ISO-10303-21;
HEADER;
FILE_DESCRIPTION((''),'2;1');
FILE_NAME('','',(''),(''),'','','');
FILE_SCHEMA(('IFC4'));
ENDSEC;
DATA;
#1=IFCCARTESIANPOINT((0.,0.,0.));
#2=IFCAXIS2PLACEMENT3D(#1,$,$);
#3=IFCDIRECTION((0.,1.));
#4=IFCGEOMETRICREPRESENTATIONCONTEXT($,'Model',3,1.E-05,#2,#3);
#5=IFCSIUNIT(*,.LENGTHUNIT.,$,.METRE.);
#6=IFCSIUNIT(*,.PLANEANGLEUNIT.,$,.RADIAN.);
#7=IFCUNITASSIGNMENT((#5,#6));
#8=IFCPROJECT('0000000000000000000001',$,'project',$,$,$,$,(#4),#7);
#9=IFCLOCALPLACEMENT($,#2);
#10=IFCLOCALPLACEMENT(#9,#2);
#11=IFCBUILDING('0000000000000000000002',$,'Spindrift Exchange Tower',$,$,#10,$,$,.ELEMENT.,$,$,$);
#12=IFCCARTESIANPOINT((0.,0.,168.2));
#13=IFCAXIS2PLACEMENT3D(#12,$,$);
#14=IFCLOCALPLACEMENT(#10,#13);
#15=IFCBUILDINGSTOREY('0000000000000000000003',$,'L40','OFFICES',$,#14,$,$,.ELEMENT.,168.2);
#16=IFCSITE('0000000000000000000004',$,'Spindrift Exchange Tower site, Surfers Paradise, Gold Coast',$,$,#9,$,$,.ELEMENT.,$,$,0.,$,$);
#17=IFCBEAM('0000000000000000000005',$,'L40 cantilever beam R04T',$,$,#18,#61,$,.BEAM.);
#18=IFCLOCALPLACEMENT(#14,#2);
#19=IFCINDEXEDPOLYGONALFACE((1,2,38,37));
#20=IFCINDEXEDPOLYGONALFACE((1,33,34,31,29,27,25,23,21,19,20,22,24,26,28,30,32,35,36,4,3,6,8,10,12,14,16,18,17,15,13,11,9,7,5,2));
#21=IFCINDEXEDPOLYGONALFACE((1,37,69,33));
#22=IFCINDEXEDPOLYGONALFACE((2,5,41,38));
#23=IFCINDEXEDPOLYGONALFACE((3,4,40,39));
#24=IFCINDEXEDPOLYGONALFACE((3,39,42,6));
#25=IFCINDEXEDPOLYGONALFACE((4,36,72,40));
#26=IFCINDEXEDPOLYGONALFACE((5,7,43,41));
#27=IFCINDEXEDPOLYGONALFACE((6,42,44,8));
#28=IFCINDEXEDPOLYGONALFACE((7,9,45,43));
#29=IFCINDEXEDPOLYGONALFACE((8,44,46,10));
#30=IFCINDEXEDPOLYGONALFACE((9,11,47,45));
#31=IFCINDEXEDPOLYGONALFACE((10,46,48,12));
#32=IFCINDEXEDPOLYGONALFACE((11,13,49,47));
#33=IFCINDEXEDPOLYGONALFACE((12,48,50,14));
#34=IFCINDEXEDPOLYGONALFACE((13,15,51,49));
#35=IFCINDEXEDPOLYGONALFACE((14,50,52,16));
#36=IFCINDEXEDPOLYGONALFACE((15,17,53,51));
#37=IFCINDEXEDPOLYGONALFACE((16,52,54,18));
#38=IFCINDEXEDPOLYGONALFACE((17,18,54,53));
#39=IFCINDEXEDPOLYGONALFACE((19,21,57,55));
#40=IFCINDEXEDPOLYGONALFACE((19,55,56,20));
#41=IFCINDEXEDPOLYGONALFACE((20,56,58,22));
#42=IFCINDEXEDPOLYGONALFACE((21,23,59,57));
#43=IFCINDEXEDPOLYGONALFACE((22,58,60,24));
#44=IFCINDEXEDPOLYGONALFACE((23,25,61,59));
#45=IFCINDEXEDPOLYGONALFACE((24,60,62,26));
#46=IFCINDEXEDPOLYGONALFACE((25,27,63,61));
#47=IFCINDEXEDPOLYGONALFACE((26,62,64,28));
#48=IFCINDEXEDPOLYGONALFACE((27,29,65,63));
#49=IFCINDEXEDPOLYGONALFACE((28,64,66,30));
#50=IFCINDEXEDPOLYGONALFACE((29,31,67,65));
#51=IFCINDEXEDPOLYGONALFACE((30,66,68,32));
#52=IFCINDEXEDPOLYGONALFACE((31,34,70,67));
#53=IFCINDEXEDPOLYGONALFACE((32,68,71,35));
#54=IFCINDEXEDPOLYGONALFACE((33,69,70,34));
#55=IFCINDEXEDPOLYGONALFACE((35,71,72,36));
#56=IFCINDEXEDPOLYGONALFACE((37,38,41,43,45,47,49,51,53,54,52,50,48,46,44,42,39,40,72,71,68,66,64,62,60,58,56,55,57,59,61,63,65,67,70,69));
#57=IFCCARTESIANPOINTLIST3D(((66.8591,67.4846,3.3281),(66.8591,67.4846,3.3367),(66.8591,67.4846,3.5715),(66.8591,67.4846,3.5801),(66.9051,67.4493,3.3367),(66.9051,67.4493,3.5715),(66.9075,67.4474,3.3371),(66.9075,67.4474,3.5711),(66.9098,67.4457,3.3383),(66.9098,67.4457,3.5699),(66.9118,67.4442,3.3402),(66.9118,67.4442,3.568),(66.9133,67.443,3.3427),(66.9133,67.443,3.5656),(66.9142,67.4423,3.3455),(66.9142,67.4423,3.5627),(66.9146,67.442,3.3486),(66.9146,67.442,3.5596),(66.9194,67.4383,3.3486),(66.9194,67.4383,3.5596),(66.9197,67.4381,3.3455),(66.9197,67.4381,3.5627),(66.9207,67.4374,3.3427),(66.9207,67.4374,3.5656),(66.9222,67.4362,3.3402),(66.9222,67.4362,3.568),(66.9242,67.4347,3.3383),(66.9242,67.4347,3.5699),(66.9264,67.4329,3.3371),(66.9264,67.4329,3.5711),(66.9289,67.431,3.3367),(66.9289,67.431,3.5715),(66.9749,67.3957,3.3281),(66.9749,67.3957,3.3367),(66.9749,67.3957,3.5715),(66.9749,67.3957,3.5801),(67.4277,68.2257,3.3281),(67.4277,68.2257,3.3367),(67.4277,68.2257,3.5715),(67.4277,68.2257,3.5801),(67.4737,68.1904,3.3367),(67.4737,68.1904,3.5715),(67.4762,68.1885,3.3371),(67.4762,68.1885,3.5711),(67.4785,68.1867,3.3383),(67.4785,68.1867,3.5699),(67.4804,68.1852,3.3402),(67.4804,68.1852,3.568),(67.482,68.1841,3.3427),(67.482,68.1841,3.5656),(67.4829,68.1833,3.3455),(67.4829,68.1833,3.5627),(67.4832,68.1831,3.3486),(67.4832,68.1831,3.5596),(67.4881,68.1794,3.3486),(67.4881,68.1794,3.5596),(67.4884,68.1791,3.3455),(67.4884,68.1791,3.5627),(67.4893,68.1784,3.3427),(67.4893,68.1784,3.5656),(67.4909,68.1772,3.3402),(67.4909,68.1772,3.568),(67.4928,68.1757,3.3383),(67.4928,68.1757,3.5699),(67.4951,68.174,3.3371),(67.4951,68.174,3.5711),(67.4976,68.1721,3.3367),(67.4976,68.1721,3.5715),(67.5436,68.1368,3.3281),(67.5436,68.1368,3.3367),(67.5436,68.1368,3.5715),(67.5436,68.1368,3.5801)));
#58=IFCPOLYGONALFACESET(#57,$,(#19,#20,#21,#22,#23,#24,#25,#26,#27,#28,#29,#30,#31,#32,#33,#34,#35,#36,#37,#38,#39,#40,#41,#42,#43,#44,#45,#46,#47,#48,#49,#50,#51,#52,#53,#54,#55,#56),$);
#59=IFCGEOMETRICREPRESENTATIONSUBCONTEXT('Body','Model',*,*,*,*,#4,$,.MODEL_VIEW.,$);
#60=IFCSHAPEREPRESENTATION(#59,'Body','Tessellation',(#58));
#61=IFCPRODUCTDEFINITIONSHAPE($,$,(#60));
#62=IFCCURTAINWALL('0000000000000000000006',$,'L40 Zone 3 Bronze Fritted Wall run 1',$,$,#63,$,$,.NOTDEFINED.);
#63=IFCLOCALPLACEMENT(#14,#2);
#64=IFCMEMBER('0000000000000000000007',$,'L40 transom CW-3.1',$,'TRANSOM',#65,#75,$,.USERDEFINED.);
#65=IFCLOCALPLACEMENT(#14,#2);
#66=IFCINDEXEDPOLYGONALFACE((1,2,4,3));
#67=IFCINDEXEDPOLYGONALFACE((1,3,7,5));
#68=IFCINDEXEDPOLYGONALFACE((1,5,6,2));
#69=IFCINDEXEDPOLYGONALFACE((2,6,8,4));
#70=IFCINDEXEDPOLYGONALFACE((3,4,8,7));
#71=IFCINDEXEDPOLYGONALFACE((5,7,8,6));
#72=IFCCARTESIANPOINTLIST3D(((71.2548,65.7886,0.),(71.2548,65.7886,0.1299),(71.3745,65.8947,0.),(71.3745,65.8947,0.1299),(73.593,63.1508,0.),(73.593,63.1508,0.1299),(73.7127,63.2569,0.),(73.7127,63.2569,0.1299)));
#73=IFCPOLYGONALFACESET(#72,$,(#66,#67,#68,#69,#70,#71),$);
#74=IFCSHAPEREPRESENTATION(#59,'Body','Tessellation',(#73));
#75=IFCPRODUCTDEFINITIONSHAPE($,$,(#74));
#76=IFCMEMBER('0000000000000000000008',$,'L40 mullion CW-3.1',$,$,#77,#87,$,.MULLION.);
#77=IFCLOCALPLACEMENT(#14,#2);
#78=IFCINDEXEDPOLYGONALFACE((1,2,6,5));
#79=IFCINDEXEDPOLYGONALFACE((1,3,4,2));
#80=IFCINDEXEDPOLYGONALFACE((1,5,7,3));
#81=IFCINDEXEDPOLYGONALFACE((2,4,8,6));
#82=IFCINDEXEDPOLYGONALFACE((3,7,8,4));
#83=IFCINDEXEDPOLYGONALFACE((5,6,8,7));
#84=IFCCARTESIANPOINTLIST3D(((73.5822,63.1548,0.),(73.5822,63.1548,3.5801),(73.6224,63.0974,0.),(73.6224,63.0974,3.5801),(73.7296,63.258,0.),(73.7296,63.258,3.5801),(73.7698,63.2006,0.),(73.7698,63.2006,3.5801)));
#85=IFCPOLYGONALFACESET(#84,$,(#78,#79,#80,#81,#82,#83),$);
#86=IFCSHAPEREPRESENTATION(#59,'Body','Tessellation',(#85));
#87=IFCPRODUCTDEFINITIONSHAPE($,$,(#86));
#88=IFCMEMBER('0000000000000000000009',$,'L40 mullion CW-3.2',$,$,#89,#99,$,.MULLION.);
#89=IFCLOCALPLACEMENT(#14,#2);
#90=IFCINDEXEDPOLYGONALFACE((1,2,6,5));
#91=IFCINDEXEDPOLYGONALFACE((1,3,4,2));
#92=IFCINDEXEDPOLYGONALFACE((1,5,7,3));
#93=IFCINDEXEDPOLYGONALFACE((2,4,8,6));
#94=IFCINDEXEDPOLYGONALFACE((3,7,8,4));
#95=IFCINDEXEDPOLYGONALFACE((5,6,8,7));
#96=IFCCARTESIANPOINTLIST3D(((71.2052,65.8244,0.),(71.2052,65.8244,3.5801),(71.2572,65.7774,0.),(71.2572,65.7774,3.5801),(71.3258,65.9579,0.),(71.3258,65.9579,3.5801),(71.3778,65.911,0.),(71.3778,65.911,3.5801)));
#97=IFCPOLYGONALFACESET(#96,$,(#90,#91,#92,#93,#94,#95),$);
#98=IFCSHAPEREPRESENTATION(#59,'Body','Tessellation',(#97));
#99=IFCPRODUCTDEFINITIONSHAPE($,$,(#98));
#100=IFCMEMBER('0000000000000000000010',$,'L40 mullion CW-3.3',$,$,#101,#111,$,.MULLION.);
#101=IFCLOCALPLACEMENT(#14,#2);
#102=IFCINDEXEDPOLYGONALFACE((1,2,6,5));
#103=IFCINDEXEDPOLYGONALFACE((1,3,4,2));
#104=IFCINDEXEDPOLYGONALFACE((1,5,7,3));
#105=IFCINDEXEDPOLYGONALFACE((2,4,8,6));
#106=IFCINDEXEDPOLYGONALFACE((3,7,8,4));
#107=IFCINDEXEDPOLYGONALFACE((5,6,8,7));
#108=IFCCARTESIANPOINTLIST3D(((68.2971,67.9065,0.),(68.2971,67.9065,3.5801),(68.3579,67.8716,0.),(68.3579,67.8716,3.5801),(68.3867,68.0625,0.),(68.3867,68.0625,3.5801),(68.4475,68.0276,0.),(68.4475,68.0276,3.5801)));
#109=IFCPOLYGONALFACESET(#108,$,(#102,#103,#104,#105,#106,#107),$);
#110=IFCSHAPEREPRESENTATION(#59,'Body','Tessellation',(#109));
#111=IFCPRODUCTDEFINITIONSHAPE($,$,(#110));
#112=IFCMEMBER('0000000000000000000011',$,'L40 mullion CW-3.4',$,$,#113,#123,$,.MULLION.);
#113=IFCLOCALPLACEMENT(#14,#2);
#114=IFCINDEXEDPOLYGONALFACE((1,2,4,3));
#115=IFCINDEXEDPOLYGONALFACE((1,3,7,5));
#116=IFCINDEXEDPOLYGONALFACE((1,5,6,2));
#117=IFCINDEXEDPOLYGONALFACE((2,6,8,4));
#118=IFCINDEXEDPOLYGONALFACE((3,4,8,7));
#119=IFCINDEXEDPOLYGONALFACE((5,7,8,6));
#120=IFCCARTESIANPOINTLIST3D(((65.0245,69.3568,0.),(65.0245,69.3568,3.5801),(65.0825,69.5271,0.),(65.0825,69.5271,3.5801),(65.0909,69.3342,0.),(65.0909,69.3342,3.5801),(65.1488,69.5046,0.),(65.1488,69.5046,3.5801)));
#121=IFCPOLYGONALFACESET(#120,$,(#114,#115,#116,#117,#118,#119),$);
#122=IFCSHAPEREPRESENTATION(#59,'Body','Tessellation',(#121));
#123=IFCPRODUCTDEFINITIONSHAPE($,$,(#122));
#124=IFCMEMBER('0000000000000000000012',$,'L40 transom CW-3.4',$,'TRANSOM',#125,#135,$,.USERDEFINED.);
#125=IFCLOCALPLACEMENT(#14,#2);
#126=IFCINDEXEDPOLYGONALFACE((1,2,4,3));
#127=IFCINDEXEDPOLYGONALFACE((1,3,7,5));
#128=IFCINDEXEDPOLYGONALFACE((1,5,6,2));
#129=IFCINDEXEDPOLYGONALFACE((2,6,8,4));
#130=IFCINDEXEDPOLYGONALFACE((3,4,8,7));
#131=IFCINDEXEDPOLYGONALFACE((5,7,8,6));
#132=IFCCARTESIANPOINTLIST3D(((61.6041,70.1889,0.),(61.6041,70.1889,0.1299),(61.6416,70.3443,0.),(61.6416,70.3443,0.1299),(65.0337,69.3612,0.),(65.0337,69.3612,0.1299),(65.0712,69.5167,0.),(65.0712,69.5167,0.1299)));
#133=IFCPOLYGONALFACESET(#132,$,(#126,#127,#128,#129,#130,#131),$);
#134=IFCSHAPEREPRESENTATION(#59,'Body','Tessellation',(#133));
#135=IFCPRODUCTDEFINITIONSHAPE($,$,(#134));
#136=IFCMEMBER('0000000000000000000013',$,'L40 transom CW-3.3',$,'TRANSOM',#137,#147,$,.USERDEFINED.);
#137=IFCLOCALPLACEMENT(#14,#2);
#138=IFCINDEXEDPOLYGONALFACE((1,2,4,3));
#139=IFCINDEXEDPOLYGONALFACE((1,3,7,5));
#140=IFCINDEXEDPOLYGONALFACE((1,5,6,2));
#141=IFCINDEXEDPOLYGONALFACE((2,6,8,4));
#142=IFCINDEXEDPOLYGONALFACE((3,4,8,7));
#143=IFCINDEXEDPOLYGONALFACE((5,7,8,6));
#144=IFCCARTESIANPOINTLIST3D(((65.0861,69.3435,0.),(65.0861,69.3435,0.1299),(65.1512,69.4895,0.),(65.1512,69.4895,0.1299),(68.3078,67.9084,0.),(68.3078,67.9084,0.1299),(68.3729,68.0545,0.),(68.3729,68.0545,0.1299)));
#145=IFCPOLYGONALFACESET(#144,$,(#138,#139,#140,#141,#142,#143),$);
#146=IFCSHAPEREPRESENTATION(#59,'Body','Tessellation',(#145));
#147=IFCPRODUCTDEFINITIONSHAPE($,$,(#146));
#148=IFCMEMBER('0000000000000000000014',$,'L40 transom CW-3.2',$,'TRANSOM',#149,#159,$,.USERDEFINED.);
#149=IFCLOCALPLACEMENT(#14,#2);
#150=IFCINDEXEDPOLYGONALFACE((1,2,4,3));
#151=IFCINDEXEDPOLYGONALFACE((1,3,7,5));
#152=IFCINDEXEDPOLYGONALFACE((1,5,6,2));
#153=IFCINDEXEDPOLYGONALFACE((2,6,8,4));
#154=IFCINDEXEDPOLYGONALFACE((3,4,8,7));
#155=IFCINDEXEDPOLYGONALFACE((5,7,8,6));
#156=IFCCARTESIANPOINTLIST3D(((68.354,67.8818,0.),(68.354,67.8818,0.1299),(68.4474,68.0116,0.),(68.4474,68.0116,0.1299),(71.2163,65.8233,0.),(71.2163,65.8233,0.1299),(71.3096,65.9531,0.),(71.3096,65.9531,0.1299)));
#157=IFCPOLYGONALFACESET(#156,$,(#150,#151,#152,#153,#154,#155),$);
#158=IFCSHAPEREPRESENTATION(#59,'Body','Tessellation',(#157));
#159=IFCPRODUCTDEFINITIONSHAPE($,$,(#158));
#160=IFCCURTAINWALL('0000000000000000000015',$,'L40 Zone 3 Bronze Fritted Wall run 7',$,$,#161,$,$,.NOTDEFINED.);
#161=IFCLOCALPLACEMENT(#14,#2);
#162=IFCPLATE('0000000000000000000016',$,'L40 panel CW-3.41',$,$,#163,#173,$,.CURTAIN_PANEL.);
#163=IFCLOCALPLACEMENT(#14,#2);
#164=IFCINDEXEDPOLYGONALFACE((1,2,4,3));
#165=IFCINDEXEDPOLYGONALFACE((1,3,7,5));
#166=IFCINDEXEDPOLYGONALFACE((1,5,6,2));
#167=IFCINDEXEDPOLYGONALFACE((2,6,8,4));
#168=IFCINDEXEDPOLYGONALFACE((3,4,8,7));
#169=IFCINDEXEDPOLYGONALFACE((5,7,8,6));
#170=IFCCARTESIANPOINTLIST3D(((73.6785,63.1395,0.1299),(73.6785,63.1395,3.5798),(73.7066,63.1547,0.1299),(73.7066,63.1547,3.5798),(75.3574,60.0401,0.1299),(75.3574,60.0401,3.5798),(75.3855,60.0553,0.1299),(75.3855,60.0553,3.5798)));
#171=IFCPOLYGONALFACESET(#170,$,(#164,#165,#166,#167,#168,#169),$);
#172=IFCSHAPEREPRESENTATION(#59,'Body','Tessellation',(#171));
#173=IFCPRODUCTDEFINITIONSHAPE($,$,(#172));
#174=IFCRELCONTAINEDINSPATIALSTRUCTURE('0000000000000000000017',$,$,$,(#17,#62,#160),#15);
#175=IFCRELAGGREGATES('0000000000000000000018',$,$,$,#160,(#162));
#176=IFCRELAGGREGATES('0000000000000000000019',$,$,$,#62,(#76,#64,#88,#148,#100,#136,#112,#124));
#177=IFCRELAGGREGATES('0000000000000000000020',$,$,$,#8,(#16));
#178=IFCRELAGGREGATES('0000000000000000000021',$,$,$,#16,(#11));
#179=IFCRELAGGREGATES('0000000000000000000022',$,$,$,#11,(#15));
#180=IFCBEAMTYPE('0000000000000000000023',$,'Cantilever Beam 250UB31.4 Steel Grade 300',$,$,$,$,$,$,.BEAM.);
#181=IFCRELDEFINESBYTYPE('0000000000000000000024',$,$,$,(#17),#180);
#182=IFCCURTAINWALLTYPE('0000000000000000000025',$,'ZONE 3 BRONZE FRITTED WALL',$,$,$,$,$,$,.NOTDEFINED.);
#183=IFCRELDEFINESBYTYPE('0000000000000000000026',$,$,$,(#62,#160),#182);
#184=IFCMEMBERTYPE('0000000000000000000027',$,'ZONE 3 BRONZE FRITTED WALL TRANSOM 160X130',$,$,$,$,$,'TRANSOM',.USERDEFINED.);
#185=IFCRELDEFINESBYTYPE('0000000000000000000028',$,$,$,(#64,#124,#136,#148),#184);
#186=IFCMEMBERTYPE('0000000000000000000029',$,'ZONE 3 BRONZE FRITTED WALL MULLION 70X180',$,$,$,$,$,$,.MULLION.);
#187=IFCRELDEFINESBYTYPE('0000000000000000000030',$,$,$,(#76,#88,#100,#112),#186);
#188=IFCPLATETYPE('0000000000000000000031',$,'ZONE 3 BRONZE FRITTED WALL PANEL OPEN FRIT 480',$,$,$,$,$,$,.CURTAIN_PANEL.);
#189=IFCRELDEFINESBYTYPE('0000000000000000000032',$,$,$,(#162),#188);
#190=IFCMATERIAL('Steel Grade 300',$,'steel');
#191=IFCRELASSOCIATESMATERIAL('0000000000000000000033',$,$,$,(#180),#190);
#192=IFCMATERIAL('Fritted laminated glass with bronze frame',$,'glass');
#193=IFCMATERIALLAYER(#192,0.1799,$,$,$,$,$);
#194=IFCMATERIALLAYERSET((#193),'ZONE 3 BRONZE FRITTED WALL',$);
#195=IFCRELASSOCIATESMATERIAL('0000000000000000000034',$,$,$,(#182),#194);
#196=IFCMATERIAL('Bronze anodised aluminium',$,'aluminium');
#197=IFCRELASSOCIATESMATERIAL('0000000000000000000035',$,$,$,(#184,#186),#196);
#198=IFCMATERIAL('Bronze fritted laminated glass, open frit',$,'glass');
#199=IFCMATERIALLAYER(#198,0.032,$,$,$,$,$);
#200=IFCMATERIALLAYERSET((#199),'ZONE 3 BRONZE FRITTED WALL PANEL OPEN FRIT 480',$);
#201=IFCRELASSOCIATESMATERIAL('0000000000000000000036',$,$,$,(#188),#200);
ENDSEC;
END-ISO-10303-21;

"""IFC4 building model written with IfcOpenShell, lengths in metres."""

from ifc_helpers import new_model, si_unit, direction, frame, origin, origin_2d, place, context, subcontext, project, spatial, rectangle, i_section, extrude, source, transform, mapped, material, layer, layer_set, material_profile, profile_set, type_object, element, aggregate, save


model = new_model("IFC4")

# Units and contexts
model_context = context("Model", 3, precision=1e-05, world=origin(), true_north=direction((0.0, 1.0)))
body_context = subcontext(model_context, "Body", "Model", "MODEL_VIEW")
ifc_project = project(units=[si_unit("LENGTHUNIT", "METRE"), si_unit("PLANEANGLEUNIT", "RADIAN")], contexts=[model_context])

# Site, building, storey
site_placement = place(None, origin())
site = spatial("IfcSite", under=ifc_project, at=site_placement, Name="Spindrift Exchange Tower site, Surfers Paradise, Gold Coast", CompositionType="ELEMENT", RefElevation=0.0)
building_placement = place(site_placement, origin())
building = spatial("IfcBuilding", under=site, at=building_placement, Name="Spindrift Exchange Tower", CompositionType="ELEMENT")
storey_placement = place(building_placement, frame((0.0, 0.0, 168.2)))
storey = spatial("IfcBuildingStorey", under=building, at=storey_placement, Name="L40", Description="OFFICES", CompositionType="ELEMENT", Elevation=168.2)

# Beam
ifc_material_1 = material(Name="Steel Grade 300", Category="steel")
ifc_material_profile_1 = material_profile(ifc_material_1, i_section(OverallWidth=0.146, OverallDepth=0.252, WebThickness=0.0061, FlangeThickness=0.0085, FilletRadius=0.012, at=origin_2d()), Name="250UB31.4")
ifc_profile_set_1 = profile_set([ifc_material_profile_1], Name="Steel Grade 300")
beam_type_1 = type_object("IfcBeamType", Name="Cantilever Beam 250UB31.4 Steel Grade 300", PredefinedType="BEAM", material=ifc_profile_set_1)
shared_shape_1 = source(origin(), body_context, "Body", "SweptSolid", [
    extrude(i_section(OverallWidth=0.146, OverallDepth=0.252, WebThickness=0.0061, FlangeThickness=0.0085, FilletRadius=0.012, at=origin_2d()), origin(), (0.0, 0.0, 1.0), 0.9341),
])
beam_1_placement = place(storey_placement, frame((66.917, 67.4402, 3.4541), z_axis=(0.608788, 0.793333, 0.0), x_axis=(-0.793333, 0.608788, 0.0)))
element("IfcBeam", 1, at=beam_1_placement, inside=storey, type_object=beam_type_1, Name="L40 cantilever beam R04T", PredefinedType="BEAM", context=body_context, shape_type="MappedRepresentation", body=[
    mapped(shared_shape_1, transform((0.0, 0.0, 0.0), scale=1.0)),
])

# Curtain wall, members
ifc_material_2 = material(Name="Fritted laminated glass with bronze frame", Category="glass")
ifc_layer_1 = layer(ifc_material_2, 0.1799)
ifc_layer_set_1 = layer_set([ifc_layer_1], Name="ZONE 3 BRONZE FRITTED WALL")
curtain_wall_type = type_object("IfcCurtainWallType", Name="ZONE 3 BRONZE FRITTED WALL", PredefinedType="NOTDEFINED", material=ifc_layer_set_1)
curtain_wall_1_placement = place(storey_placement, origin())
curtain_wall_1 = element("IfcCurtainWall", 2, at=curtain_wall_1_placement, inside=storey, type_object=curtain_wall_type, Name="L40 Zone 3 Bronze Fritted Wall run 1", PredefinedType="NOTDEFINED")
ifc_material_3 = material(Name="Bronze anodised aluminium", Category="aluminium")
ifc_material_profile_2 = material_profile(ifc_material_3, rectangle(XDim=0.1599, YDim=0.1299, at=origin_2d()), Name="ZONE 3 BRONZE FRITTED WALL TRANSOM 160X130")
ifc_profile_set_2 = profile_set([ifc_material_profile_2], Name="Bronze anodised aluminium")
member_type_1 = type_object("IfcMemberType", Name="ZONE 3 BRONZE FRITTED WALL TRANSOM 160X130", ElementType="TRANSOM", PredefinedType="USERDEFINED", material=ifc_profile_set_2)
shared_shape_2 = source(origin(), body_context, "Body", "SweptSolid", [
    extrude(rectangle(XDim=0.1599, YDim=0.1299, at=origin_2d()), origin(), (0.0, 0.0, 1.0), 3.5249),
])
member_1_placement = place(storey_placement, frame((73.6528, 63.2039, 0.0649), z_axis=(-0.663336, 0.748322, 0.0), x_axis=(-0.748322, -0.663336, 0.0)))
member_1 = element("IfcMember", 3, at=member_1_placement, type_object=member_type_1, Name="L40 transom CW-3.1", ObjectType="TRANSOM", PredefinedType="USERDEFINED", context=body_context, shape_type="MappedRepresentation", body=[
    mapped(shared_shape_2, transform((0.0, 0.0, 0.0), scale=1.0)),
])
ifc_material_profile_3 = material_profile(ifc_material_3, rectangle(XDim=0.0701, YDim=0.1799, at=origin_2d()), Name="ZONE 3 BRONZE FRITTED WALL MULLION 70X180")
ifc_profile_set_3 = profile_set([ifc_material_profile_3], Name="Bronze anodised aluminium")
member_type_2 = type_object("IfcMemberType", Name="ZONE 3 BRONZE FRITTED WALL MULLION 70X180", PredefinedType="MULLION", material=ifc_profile_set_3)
shared_shape_3 = source(origin(), body_context, "Body", "SweptSolid", [
    extrude(rectangle(XDim=0.0701, YDim=0.1799, at=origin_2d()), origin(), (0.0, 0.0, 1.0), 3.5801),
])
member_2_placement = place(storey_placement, frame((73.676, 63.1777, 0.0), z_axis=(0.0, 0.0, 1.0), x_axis=(-0.573579, 0.819151, 0.0)))
member_2 = element("IfcMember", 4, at=member_2_placement, type_object=member_type_2, Name="L40 mullion CW-3.1", PredefinedType="MULLION", context=body_context, shape_type="MappedRepresentation", body=[
    mapped(shared_shape_3, transform((0.0, 0.0, 0.0), scale=1.0)),
])
member_3_placement = place(storey_placement, frame((71.2915, 65.8677, 0.0), z_axis=(0.0, 0.0, 1.0), x_axis=(-0.742166, 0.670216, 0.0)))
member_3 = element("IfcMember", 5, at=member_3_placement, type_object=member_type_2, Name="L40 mullion CW-3.2", PredefinedType="MULLION", context=body_context, shape_type="MappedRepresentation", body=[
    mapped(shared_shape_3, transform((0.0, 0.0, 0.0), scale=1.0)),
])
member_4_placement = place(storey_placement, frame((68.3723, 67.967, 0.0), z_axis=(0.0, 0.0, 1.0), x_axis=(-0.867184, 0.497987, 0.0)))
member_4 = element("IfcMember", 6, at=member_4_placement, type_object=member_type_2, Name="L40 mullion CW-3.3", PredefinedType="MULLION", context=body_context, shape_type="MappedRepresentation", body=[
    mapped(shared_shape_3, transform((0.0, 0.0, 0.0), scale=1.0)),
])
member_5_placement = place(storey_placement, frame((65.0867, 69.4307, 0.0), z_axis=(0.0, 0.0, 1.0), x_axis=(-0.946716, 0.322069, 0.0)))
member_5 = element("IfcMember", 7, at=member_5_placement, type_object=member_type_2, Name="L40 mullion CW-3.4", PredefinedType="MULLION", context=body_context, shape_type="MappedRepresentation", body=[
    mapped(shared_shape_3, transform((0.0, 0.0, 0.0), scale=1.0)),
])
shared_shape_4 = source(origin(), body_context, "Body", "SweptSolid", [
    extrude(rectangle(XDim=0.1599, YDim=0.1299, at=origin_2d()), origin(), (0.0, 0.0, 1.0), 3.5281),
])
member_6_placement = place(storey_placement, frame((65.0525, 69.439, 0.0649), z_axis=(-0.972096, 0.234582, 0.0), x_axis=(-0.234582, -0.972096, 0.0)))
member_6 = element("IfcMember", 8, at=member_6_placement, type_object=member_type_1, Name="L40 transom CW-3.4", ObjectType="TRANSOM", PredefinedType="USERDEFINED", context=body_context, shape_type="MappedRepresentation", body=[
    mapped(shared_shape_4, transform((0.0, 0.0, 0.0), scale=1.0)),
])
shared_shape_5 = source(origin(), body_context, "Body", "SweptSolid", [
    extrude(rectangle(XDim=0.1599, YDim=0.1299, at=origin_2d()), origin(), (0.0, 0.0, 1.0), 3.5269),
])
member_7_placement = place(storey_placement, frame((68.3403, 67.9814, 0.0649), z_axis=(-0.913474, 0.406896, 0.0), x_axis=(-0.406896, -0.913474, 0.0)))
member_7 = element("IfcMember", 9, at=member_7_placement, type_object=member_type_1, Name="L40 transom CW-3.3", ObjectType="TRANSOM", PredefinedType="USERDEFINED", context=body_context, shape_type="MappedRepresentation", body=[
    mapped(shared_shape_5, transform((0.0, 0.0, 0.0), scale=1.0)),
])
shared_shape_6 = source(origin(), body_context, "Body", "SweptSolid", [
    extrude(rectangle(XDim=0.1599, YDim=0.1299, at=origin_2d()), origin(), (0.0, 0.0, 1.0), 3.5256),
])
member_8_placement = place(storey_placement, frame((71.2629, 65.8882, 0.0649), z_axis=(-0.811839, 0.583881, 0.0), x_axis=(-0.583881, -0.811839, 0.0)))
member_8 = element("IfcMember", 10, at=member_8_placement, type_object=member_type_1, Name="L40 transom CW-3.2", ObjectType="TRANSOM", PredefinedType="USERDEFINED", context=body_context, shape_type="MappedRepresentation", body=[
    mapped(shared_shape_6, transform((0.0, 0.0, 0.0), scale=1.0)),
])

# Curtain wall, plate
curtain_wall_2_placement = place(storey_placement, origin())
curtain_wall_2 = element("IfcCurtainWall", 11, at=curtain_wall_2_placement, inside=storey, type_object=curtain_wall_type, Name="L40 Zone 3 Bronze Fritted Wall run 7", PredefinedType="NOTDEFINED")
ifc_material_4 = material(Name="Bronze fritted laminated glass, open frit", Category="glass")
ifc_layer_2 = layer(ifc_material_4, 0.032)
ifc_layer_set_2 = layer_set([ifc_layer_2], Name="ZONE 3 BRONZE FRITTED WALL PANEL OPEN FRIT 480")
plate_type_1 = type_object("IfcPlateType", Name="ZONE 3 BRONZE FRITTED WALL PANEL OPEN FRIT 480", PredefinedType="CURTAIN_PANEL", material=ifc_layer_set_2)
shared_shape_7 = source(origin(), body_context, "Body", "SweptSolid", [
    extrude(rectangle(XDim=3.5249, YDim=0.032, at=origin_2d()), origin(), (0.0, 0.0, 1.0), 3.45),
])
plate_1_placement = place(storey_placement, frame((74.532, 61.5974, 0.1299), z_axis=(0.0, 0.0, 1.0), x_axis=(-0.476304, 0.879281, 0.0)))
plate_1 = element("IfcPlate", 12, at=plate_1_placement, type_object=plate_type_1, Name="L40 panel CW-3.41", PredefinedType="CURTAIN_PANEL", context=body_context, shape_type="MappedRepresentation", body=[
    mapped(shared_shape_7, transform((0.0, 0.0, 0.0), scale=1.0)),
])
aggregate(curtain_wall_2, [plate_1])

aggregate(curtain_wall_1, [member_2, member_1, member_3, member_8, member_4, member_7, member_5, member_6])

save(model, "model.ifc")
